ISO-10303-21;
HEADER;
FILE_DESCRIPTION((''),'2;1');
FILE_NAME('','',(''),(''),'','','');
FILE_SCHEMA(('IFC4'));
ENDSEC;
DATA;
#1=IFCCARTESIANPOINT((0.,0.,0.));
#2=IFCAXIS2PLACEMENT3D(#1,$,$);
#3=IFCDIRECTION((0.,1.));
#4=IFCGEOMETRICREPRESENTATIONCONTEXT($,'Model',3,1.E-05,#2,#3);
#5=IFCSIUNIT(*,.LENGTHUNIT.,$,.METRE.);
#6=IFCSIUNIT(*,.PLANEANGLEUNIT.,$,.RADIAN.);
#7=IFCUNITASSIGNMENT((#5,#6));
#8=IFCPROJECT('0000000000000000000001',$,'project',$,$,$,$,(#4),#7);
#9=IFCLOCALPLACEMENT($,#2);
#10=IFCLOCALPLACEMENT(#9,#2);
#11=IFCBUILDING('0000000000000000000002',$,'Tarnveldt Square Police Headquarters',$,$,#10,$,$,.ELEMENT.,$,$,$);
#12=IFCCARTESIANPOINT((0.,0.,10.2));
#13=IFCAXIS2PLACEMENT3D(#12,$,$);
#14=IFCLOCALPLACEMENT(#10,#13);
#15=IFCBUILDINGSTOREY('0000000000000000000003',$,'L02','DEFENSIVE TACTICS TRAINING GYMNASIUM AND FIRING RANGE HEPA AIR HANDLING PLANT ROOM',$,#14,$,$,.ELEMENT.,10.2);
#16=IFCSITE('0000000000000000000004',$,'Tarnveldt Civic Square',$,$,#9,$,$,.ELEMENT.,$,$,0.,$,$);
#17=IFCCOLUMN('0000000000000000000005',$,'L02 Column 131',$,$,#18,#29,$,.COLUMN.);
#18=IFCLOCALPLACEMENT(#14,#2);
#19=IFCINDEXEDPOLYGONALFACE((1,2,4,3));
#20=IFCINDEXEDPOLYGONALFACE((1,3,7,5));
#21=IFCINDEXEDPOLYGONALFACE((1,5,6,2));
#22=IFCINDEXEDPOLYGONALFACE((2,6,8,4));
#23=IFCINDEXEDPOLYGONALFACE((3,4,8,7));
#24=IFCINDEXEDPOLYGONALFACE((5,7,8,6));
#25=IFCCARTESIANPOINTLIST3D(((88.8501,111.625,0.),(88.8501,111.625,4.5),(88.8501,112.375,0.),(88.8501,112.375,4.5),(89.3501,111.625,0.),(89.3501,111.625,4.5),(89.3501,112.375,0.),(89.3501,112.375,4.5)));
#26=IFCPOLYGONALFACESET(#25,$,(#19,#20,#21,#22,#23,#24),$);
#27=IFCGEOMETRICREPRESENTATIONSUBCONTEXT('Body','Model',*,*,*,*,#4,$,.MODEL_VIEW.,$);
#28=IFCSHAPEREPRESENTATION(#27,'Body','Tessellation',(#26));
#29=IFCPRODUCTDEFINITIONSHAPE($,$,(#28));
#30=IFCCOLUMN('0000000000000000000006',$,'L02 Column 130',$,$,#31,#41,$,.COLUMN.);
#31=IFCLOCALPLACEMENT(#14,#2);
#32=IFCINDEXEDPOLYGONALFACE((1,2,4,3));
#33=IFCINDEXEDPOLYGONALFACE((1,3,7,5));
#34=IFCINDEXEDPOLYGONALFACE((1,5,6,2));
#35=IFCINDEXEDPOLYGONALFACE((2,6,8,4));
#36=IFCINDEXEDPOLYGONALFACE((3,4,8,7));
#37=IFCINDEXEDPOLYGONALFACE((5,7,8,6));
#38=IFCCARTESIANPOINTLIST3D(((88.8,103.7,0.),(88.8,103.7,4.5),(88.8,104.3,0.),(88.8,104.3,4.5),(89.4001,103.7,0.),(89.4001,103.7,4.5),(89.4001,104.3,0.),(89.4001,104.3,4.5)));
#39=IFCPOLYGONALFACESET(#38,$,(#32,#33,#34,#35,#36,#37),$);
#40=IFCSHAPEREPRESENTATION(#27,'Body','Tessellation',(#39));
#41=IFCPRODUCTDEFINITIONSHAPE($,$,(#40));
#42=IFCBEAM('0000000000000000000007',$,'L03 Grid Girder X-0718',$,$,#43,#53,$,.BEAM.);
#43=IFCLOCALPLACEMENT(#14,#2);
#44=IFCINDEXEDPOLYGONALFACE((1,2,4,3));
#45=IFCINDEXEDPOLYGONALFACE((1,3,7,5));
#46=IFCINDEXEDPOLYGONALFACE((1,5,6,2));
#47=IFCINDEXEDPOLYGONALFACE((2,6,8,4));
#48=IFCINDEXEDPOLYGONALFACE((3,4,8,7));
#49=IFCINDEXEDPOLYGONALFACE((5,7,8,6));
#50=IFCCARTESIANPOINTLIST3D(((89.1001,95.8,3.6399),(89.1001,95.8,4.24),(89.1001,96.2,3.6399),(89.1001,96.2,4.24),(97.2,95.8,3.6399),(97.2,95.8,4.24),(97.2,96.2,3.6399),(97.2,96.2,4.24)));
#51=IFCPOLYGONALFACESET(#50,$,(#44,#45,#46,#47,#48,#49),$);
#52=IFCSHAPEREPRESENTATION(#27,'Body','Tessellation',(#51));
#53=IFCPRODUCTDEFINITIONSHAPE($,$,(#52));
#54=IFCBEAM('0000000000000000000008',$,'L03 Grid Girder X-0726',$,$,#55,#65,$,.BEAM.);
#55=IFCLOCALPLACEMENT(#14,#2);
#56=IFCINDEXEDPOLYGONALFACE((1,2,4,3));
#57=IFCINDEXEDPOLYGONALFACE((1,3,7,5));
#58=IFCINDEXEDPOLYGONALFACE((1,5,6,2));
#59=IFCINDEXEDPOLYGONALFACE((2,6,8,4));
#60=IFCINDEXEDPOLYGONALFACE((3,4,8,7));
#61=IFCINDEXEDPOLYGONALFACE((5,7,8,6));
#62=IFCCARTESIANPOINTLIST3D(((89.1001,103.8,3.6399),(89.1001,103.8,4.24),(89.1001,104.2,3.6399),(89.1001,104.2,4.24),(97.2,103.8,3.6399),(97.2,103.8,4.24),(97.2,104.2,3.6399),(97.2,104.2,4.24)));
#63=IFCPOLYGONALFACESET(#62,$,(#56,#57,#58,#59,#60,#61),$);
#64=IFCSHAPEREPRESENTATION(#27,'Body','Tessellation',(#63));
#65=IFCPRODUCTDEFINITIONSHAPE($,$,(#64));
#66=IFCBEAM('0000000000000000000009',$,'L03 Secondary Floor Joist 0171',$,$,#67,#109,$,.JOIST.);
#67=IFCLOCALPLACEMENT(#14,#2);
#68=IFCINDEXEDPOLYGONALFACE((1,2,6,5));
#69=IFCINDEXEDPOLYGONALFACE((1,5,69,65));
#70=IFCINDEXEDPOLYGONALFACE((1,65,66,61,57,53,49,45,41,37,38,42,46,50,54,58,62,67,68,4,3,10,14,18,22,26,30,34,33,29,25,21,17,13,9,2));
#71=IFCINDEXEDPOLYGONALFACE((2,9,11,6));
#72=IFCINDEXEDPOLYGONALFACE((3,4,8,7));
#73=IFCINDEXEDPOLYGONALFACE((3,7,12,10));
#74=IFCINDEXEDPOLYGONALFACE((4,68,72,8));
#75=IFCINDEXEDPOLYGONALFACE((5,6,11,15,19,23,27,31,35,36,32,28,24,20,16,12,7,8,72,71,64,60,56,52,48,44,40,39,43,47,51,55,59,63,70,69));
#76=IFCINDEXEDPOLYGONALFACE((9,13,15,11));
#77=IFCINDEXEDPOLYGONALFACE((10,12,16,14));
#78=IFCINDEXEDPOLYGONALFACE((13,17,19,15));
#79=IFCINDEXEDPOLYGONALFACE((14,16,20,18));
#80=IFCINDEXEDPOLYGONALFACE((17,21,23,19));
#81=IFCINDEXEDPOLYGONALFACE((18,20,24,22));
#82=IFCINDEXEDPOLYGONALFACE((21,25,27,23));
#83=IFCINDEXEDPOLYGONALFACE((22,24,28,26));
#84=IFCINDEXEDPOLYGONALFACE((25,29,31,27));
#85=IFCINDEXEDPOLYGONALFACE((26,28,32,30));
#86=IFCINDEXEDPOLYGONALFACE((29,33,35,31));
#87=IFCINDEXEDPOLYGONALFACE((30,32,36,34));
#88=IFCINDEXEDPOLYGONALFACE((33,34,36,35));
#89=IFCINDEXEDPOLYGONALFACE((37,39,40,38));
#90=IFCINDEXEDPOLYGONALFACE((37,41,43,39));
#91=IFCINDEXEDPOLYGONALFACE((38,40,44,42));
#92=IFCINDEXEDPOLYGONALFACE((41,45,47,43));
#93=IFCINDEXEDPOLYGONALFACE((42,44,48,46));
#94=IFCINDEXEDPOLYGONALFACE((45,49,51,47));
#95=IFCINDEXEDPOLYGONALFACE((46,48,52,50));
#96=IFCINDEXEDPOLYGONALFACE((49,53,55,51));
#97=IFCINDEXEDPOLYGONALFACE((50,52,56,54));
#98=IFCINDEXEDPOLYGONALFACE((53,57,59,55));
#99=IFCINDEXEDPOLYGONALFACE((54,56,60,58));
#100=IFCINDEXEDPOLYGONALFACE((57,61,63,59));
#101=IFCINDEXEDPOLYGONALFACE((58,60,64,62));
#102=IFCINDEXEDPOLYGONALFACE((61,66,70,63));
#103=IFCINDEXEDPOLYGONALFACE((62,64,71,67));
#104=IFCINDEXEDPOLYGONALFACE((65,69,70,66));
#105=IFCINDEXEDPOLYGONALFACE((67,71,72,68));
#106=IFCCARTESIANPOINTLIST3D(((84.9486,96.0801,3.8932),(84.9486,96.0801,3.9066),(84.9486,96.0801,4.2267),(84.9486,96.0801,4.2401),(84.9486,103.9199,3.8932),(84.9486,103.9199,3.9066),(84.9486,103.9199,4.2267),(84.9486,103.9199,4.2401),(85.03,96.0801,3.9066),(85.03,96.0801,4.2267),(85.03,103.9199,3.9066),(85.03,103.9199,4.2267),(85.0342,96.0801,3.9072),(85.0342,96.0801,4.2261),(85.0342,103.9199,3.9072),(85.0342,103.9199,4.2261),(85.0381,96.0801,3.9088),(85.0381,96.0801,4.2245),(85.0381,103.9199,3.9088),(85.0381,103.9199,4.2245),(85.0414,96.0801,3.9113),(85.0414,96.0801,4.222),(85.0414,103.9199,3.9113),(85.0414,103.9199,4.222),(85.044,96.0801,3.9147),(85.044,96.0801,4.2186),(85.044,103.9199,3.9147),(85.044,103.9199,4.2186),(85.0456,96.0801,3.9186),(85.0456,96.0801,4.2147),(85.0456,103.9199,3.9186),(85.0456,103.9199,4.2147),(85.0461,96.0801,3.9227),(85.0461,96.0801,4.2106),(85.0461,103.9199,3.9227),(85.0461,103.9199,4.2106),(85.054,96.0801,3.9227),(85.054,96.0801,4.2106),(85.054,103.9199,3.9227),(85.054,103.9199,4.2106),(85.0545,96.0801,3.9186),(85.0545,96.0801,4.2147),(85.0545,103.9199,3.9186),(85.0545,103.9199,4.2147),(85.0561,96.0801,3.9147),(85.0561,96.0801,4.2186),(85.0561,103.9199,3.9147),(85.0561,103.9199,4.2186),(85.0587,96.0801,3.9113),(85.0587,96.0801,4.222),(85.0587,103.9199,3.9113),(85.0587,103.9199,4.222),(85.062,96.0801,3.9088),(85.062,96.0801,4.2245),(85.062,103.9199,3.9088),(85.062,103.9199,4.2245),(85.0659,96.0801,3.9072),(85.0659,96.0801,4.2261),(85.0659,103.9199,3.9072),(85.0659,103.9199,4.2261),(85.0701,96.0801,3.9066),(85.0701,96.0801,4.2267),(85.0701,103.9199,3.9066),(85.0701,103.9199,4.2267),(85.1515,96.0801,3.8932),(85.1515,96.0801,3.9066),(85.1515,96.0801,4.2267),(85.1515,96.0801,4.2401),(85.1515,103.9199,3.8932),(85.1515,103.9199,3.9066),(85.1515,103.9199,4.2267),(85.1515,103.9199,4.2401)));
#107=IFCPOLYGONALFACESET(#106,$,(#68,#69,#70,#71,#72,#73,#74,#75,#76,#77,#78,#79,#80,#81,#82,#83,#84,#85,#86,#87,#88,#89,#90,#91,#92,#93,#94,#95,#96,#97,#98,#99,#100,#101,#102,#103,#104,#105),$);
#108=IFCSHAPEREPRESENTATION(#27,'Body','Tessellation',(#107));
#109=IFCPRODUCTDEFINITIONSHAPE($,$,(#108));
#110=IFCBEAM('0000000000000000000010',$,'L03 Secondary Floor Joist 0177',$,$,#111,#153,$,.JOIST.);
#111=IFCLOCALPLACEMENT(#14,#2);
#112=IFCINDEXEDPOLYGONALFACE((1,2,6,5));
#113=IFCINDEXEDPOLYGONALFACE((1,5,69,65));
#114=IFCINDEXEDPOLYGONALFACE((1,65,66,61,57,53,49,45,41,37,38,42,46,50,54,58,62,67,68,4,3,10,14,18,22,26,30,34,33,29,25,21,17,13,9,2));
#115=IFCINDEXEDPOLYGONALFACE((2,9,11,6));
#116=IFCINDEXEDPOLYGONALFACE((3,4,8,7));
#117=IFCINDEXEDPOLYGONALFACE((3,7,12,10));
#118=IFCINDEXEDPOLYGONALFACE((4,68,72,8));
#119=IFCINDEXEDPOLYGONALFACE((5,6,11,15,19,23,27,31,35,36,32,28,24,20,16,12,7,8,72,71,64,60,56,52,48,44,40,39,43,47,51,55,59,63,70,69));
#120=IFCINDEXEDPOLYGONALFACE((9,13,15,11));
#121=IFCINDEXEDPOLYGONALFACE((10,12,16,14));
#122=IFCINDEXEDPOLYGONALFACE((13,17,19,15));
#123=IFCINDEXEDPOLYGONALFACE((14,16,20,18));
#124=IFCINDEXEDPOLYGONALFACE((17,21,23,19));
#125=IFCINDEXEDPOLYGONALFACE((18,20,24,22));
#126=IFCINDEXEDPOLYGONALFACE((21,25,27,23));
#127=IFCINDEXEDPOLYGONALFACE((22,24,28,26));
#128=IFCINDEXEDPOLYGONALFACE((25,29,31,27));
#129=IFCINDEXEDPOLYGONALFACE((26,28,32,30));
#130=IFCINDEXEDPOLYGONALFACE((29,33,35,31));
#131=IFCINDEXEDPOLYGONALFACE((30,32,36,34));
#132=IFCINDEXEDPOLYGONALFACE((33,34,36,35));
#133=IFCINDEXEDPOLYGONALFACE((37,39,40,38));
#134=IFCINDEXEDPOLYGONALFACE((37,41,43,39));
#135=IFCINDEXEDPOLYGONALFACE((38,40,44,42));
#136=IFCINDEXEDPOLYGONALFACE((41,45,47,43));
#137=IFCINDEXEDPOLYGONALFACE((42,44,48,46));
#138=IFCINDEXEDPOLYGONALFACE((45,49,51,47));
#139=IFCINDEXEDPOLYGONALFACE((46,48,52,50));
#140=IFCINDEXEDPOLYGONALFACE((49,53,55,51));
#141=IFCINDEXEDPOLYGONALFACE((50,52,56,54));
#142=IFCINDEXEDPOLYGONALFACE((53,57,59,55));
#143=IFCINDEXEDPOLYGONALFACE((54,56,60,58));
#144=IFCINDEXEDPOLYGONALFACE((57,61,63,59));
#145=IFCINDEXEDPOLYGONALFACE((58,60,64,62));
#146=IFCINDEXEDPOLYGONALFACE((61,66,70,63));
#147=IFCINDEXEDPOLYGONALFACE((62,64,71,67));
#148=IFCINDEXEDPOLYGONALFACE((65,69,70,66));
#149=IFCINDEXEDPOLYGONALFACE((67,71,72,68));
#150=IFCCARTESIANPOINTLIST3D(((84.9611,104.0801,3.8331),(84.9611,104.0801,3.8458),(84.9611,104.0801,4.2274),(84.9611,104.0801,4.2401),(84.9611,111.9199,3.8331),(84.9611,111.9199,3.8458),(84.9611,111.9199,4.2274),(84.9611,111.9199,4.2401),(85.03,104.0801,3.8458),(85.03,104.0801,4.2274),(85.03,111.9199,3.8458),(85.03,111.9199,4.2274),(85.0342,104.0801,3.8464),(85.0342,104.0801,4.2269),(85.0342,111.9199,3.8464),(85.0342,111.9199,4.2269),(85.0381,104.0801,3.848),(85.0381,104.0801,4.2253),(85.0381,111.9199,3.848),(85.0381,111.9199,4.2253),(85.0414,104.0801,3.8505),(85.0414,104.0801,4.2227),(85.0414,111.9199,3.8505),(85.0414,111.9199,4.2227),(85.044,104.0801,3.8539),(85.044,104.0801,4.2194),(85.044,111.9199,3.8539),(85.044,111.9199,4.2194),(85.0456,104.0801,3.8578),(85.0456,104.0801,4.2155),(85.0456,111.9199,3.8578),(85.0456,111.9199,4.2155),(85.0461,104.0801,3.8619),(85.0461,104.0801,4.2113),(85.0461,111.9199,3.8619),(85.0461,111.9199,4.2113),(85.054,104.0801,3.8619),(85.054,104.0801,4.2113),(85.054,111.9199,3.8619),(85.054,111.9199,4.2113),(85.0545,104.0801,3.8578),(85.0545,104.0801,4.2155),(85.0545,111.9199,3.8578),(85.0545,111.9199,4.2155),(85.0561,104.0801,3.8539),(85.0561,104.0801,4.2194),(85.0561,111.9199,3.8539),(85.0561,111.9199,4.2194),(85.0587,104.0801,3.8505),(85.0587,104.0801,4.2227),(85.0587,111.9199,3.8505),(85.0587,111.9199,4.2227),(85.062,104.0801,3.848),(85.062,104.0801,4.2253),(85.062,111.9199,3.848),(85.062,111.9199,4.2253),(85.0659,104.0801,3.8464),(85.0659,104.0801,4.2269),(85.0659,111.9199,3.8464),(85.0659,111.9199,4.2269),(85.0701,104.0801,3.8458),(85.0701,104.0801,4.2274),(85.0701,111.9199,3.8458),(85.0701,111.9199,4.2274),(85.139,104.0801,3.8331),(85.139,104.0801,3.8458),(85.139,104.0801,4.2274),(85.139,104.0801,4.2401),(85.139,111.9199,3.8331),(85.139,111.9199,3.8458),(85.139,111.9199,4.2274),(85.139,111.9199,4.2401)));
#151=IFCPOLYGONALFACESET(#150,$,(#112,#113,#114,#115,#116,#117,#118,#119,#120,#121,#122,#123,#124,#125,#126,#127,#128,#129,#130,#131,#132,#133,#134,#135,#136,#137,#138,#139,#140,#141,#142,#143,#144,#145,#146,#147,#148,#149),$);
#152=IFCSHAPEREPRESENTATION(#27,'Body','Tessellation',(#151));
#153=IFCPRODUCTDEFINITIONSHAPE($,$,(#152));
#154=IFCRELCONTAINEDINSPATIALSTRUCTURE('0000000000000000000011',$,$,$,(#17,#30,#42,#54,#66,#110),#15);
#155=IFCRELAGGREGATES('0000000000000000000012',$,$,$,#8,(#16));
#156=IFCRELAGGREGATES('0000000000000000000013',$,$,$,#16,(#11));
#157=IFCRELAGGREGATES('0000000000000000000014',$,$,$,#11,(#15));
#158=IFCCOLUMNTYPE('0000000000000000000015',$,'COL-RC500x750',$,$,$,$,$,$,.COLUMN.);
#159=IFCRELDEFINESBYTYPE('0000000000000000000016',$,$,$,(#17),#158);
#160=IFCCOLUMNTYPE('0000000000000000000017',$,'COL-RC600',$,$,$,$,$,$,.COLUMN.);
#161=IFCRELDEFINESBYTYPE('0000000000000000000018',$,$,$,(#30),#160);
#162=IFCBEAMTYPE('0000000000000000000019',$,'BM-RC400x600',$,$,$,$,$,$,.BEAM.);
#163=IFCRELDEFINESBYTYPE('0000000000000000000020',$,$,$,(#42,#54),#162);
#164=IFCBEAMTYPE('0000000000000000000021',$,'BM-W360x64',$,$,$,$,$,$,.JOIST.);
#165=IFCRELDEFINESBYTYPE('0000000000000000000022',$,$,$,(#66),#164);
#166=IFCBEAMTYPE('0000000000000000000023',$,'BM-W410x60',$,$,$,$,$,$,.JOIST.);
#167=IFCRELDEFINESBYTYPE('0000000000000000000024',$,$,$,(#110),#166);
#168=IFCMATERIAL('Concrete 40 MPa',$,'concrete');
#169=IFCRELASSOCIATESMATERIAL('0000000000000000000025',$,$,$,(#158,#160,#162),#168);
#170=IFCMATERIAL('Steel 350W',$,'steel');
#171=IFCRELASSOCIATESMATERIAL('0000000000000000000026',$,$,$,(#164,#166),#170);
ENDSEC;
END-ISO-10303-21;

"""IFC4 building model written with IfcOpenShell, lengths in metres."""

from ifc_helpers import new_model, si_unit, direction, frame, origin, origin_2d, place, context, subcontext, project, spatial, rectangle, i_section, extrude, material, material_profile, profile_set, type_object, element, save


model = new_model("IFC4")

# Units and contexts
model_context = context("Model", 3, precision=1e-05, world=origin(), true_north=direction((0.0, 1.0)))
body_context = subcontext(model_context, "Body", "Model", "MODEL_VIEW")
ifc_project = project(units=[si_unit("LENGTHUNIT", "METRE"), si_unit("PLANEANGLEUNIT", "RADIAN")], contexts=[model_context])

# Site, building, storey
site_placement = place(None, origin())
site = spatial("IfcSite", under=ifc_project, at=site_placement, Name="Tarnveldt Civic Square", CompositionType="ELEMENT", RefElevation=0.0)
building_placement = place(site_placement, origin())
building = spatial("IfcBuilding", under=site, at=building_placement, Name="Tarnveldt Square Police Headquarters", CompositionType="ELEMENT")
storey_placement = place(building_placement, frame((0.0, 0.0, 10.2)))
storey = spatial("IfcBuildingStorey", under=building, at=storey_placement, Name="L02", Description="DEFENSIVE TACTICS TRAINING GYMNASIUM AND FIRING RANGE HEPA AIR HANDLING PLANT ROOM", CompositionType="ELEMENT", Elevation=10.2)

# Columns
ifc_material_1 = material(Name="Concrete 40 MPa", Category="concrete")
ifc_material_profile_1 = material_profile(ifc_material_1, rectangle(XDim=0.5, YDim=0.75, at=origin_2d()), Name="RC-C500x750")
ifc_profile_set_1 = profile_set([ifc_material_profile_1], Name="Concrete 40 MPa")
column_type_1 = type_object("IfcColumnType", Name="COL-RC500x750", PredefinedType="COLUMN", material=ifc_profile_set_1)
column_1_placement = place(storey_placement, frame((89.1001, 112.0, 0.0), z_axis=(0.0, 0.0, 1.0), x_axis=(1.0, 0.0, 0.0)))
element("IfcColumn", 1, at=column_1_placement, inside=storey, type_object=column_type_1, Name="L02 Column 131", PredefinedType="COLUMN", context=body_context, shape_type="SweptSolid", body=[
    extrude(rectangle(XDim=0.5, YDim=0.75, at=origin_2d()), origin(), (0.0, 0.0, 1.0), 4.5),
])
ifc_material_profile_2 = material_profile(ifc_material_1, rectangle(XDim=0.6001, YDim=0.6001, at=origin_2d()), Name="RC-C600x600")
ifc_profile_set_2 = profile_set([ifc_material_profile_2], Name="Concrete 40 MPa")
column_type_2 = type_object("IfcColumnType", Name="COL-RC600", PredefinedType="COLUMN", material=ifc_profile_set_2)
column_2_placement = place(storey_placement, frame((89.1001, 104.0, 0.0), z_axis=(0.0, 0.0, 1.0), x_axis=(1.0, 0.0, 0.0)))
element("IfcColumn", 2, at=column_2_placement, inside=storey, type_object=column_type_2, Name="L02 Column 130", PredefinedType="COLUMN", context=body_context, shape_type="SweptSolid", body=[
    extrude(rectangle(XDim=0.6001, YDim=0.6001, at=origin_2d()), origin(), (0.0, 0.0, 1.0), 4.5),
])

# Beams
ifc_material_profile_3 = material_profile(ifc_material_1, rectangle(XDim=0.3999, YDim=0.6001, at=origin_2d()), Name="RC-B400x600")
ifc_profile_set_3 = profile_set([ifc_material_profile_3], Name="Concrete 40 MPa")
beam_type_1 = type_object("IfcBeamType", Name="BM-RC400x600", PredefinedType="BEAM", material=ifc_profile_set_3)
for number, where, z_axis, x_axis, name in (
    (3, (89.1001, 96.0, 3.9399), (1.0, 0.0, 0.0), (0.0, 1.0, 0.0), "L03 Grid Girder X-0718"),
    (4, (89.1001, 104.0, 3.9399), (1.0, 0.0, 0.0), (0.0, 1.0, 0.0), "L03 Grid Girder X-0726"),
):
    element("IfcBeam", number, at=place(storey_placement, frame(where, z_axis=z_axis, x_axis=x_axis)), inside=storey, type_object=beam_type_1, Name=name, PredefinedType="BEAM", context=body_context, shape_type="SweptSolid", body=[
        extrude(rectangle(XDim=0.3999, YDim=0.6001, at=origin_2d()), origin(), (0.0, 0.0, 1.0), 8.0999),
    ])
ifc_material_2 = material(Name="Steel 350W", Category="steel")
ifc_material_profile_4 = material_profile(ifc_material_2, i_section(OverallWidth=0.2029, OverallDepth=0.3469, WebThickness=0.0078, FlangeThickness=0.0134, FilletRadius=0.0161, at=origin_2d()), Name="W360x64")
ifc_profile_set_4 = profile_set([ifc_material_profile_4], Name="Steel 350W")
beam_type_2 = type_object("IfcBeamType", Name="BM-W360x64", PredefinedType="JOIST", material=ifc_profile_set_4)
beam_1_placement = place(storey_placement, frame((85.05, 96.0801, 4.0667), z_axis=(0.0, 1.0, 0.0), x_axis=(-1.0, 0.0, 0.0)))
element("IfcBeam", 5, at=beam_1_placement, inside=storey, type_object=beam_type_2, Name="L03 Secondary Floor Joist 0171", PredefinedType="JOIST", context=body_context, shape_type="SweptSolid", body=[
    extrude(i_section(OverallWidth=0.2029, OverallDepth=0.3469, WebThickness=0.0078, FlangeThickness=0.0134, FilletRadius=0.0161, at=origin_2d()), origin(), (0.0, 0.0, 1.0), 7.8398),
])
ifc_material_profile_5 = material_profile(ifc_material_2, i_section(OverallWidth=0.178, OverallDepth=0.407, WebThickness=0.0078, FlangeThickness=0.0127, FilletRadius=0.0161, at=origin_2d()), Name="W410x60")
ifc_profile_set_5 = profile_set([ifc_material_profile_5], Name="Steel 350W")
beam_type_3 = type_object("IfcBeamType", Name="BM-W410x60", PredefinedType="JOIST", material=ifc_profile_set_5)
beam_2_placement = place(storey_placement, frame((85.05, 104.0801, 4.0366), z_axis=(0.0, 1.0, 0.0), x_axis=(-1.0, 0.0, 0.0)))
element("IfcBeam", 6, at=beam_2_placement, inside=storey, type_object=beam_type_3, Name="L03 Secondary Floor Joist 0177", PredefinedType="JOIST", context=body_context, shape_type="SweptSolid", body=[
    extrude(i_section(OverallWidth=0.178, OverallDepth=0.407, WebThickness=0.0078, FlangeThickness=0.0127, FilletRadius=0.0161, at=origin_2d()), origin(), (0.0, 0.0, 1.0), 7.8398),
])

save(model, "model.ifc")
